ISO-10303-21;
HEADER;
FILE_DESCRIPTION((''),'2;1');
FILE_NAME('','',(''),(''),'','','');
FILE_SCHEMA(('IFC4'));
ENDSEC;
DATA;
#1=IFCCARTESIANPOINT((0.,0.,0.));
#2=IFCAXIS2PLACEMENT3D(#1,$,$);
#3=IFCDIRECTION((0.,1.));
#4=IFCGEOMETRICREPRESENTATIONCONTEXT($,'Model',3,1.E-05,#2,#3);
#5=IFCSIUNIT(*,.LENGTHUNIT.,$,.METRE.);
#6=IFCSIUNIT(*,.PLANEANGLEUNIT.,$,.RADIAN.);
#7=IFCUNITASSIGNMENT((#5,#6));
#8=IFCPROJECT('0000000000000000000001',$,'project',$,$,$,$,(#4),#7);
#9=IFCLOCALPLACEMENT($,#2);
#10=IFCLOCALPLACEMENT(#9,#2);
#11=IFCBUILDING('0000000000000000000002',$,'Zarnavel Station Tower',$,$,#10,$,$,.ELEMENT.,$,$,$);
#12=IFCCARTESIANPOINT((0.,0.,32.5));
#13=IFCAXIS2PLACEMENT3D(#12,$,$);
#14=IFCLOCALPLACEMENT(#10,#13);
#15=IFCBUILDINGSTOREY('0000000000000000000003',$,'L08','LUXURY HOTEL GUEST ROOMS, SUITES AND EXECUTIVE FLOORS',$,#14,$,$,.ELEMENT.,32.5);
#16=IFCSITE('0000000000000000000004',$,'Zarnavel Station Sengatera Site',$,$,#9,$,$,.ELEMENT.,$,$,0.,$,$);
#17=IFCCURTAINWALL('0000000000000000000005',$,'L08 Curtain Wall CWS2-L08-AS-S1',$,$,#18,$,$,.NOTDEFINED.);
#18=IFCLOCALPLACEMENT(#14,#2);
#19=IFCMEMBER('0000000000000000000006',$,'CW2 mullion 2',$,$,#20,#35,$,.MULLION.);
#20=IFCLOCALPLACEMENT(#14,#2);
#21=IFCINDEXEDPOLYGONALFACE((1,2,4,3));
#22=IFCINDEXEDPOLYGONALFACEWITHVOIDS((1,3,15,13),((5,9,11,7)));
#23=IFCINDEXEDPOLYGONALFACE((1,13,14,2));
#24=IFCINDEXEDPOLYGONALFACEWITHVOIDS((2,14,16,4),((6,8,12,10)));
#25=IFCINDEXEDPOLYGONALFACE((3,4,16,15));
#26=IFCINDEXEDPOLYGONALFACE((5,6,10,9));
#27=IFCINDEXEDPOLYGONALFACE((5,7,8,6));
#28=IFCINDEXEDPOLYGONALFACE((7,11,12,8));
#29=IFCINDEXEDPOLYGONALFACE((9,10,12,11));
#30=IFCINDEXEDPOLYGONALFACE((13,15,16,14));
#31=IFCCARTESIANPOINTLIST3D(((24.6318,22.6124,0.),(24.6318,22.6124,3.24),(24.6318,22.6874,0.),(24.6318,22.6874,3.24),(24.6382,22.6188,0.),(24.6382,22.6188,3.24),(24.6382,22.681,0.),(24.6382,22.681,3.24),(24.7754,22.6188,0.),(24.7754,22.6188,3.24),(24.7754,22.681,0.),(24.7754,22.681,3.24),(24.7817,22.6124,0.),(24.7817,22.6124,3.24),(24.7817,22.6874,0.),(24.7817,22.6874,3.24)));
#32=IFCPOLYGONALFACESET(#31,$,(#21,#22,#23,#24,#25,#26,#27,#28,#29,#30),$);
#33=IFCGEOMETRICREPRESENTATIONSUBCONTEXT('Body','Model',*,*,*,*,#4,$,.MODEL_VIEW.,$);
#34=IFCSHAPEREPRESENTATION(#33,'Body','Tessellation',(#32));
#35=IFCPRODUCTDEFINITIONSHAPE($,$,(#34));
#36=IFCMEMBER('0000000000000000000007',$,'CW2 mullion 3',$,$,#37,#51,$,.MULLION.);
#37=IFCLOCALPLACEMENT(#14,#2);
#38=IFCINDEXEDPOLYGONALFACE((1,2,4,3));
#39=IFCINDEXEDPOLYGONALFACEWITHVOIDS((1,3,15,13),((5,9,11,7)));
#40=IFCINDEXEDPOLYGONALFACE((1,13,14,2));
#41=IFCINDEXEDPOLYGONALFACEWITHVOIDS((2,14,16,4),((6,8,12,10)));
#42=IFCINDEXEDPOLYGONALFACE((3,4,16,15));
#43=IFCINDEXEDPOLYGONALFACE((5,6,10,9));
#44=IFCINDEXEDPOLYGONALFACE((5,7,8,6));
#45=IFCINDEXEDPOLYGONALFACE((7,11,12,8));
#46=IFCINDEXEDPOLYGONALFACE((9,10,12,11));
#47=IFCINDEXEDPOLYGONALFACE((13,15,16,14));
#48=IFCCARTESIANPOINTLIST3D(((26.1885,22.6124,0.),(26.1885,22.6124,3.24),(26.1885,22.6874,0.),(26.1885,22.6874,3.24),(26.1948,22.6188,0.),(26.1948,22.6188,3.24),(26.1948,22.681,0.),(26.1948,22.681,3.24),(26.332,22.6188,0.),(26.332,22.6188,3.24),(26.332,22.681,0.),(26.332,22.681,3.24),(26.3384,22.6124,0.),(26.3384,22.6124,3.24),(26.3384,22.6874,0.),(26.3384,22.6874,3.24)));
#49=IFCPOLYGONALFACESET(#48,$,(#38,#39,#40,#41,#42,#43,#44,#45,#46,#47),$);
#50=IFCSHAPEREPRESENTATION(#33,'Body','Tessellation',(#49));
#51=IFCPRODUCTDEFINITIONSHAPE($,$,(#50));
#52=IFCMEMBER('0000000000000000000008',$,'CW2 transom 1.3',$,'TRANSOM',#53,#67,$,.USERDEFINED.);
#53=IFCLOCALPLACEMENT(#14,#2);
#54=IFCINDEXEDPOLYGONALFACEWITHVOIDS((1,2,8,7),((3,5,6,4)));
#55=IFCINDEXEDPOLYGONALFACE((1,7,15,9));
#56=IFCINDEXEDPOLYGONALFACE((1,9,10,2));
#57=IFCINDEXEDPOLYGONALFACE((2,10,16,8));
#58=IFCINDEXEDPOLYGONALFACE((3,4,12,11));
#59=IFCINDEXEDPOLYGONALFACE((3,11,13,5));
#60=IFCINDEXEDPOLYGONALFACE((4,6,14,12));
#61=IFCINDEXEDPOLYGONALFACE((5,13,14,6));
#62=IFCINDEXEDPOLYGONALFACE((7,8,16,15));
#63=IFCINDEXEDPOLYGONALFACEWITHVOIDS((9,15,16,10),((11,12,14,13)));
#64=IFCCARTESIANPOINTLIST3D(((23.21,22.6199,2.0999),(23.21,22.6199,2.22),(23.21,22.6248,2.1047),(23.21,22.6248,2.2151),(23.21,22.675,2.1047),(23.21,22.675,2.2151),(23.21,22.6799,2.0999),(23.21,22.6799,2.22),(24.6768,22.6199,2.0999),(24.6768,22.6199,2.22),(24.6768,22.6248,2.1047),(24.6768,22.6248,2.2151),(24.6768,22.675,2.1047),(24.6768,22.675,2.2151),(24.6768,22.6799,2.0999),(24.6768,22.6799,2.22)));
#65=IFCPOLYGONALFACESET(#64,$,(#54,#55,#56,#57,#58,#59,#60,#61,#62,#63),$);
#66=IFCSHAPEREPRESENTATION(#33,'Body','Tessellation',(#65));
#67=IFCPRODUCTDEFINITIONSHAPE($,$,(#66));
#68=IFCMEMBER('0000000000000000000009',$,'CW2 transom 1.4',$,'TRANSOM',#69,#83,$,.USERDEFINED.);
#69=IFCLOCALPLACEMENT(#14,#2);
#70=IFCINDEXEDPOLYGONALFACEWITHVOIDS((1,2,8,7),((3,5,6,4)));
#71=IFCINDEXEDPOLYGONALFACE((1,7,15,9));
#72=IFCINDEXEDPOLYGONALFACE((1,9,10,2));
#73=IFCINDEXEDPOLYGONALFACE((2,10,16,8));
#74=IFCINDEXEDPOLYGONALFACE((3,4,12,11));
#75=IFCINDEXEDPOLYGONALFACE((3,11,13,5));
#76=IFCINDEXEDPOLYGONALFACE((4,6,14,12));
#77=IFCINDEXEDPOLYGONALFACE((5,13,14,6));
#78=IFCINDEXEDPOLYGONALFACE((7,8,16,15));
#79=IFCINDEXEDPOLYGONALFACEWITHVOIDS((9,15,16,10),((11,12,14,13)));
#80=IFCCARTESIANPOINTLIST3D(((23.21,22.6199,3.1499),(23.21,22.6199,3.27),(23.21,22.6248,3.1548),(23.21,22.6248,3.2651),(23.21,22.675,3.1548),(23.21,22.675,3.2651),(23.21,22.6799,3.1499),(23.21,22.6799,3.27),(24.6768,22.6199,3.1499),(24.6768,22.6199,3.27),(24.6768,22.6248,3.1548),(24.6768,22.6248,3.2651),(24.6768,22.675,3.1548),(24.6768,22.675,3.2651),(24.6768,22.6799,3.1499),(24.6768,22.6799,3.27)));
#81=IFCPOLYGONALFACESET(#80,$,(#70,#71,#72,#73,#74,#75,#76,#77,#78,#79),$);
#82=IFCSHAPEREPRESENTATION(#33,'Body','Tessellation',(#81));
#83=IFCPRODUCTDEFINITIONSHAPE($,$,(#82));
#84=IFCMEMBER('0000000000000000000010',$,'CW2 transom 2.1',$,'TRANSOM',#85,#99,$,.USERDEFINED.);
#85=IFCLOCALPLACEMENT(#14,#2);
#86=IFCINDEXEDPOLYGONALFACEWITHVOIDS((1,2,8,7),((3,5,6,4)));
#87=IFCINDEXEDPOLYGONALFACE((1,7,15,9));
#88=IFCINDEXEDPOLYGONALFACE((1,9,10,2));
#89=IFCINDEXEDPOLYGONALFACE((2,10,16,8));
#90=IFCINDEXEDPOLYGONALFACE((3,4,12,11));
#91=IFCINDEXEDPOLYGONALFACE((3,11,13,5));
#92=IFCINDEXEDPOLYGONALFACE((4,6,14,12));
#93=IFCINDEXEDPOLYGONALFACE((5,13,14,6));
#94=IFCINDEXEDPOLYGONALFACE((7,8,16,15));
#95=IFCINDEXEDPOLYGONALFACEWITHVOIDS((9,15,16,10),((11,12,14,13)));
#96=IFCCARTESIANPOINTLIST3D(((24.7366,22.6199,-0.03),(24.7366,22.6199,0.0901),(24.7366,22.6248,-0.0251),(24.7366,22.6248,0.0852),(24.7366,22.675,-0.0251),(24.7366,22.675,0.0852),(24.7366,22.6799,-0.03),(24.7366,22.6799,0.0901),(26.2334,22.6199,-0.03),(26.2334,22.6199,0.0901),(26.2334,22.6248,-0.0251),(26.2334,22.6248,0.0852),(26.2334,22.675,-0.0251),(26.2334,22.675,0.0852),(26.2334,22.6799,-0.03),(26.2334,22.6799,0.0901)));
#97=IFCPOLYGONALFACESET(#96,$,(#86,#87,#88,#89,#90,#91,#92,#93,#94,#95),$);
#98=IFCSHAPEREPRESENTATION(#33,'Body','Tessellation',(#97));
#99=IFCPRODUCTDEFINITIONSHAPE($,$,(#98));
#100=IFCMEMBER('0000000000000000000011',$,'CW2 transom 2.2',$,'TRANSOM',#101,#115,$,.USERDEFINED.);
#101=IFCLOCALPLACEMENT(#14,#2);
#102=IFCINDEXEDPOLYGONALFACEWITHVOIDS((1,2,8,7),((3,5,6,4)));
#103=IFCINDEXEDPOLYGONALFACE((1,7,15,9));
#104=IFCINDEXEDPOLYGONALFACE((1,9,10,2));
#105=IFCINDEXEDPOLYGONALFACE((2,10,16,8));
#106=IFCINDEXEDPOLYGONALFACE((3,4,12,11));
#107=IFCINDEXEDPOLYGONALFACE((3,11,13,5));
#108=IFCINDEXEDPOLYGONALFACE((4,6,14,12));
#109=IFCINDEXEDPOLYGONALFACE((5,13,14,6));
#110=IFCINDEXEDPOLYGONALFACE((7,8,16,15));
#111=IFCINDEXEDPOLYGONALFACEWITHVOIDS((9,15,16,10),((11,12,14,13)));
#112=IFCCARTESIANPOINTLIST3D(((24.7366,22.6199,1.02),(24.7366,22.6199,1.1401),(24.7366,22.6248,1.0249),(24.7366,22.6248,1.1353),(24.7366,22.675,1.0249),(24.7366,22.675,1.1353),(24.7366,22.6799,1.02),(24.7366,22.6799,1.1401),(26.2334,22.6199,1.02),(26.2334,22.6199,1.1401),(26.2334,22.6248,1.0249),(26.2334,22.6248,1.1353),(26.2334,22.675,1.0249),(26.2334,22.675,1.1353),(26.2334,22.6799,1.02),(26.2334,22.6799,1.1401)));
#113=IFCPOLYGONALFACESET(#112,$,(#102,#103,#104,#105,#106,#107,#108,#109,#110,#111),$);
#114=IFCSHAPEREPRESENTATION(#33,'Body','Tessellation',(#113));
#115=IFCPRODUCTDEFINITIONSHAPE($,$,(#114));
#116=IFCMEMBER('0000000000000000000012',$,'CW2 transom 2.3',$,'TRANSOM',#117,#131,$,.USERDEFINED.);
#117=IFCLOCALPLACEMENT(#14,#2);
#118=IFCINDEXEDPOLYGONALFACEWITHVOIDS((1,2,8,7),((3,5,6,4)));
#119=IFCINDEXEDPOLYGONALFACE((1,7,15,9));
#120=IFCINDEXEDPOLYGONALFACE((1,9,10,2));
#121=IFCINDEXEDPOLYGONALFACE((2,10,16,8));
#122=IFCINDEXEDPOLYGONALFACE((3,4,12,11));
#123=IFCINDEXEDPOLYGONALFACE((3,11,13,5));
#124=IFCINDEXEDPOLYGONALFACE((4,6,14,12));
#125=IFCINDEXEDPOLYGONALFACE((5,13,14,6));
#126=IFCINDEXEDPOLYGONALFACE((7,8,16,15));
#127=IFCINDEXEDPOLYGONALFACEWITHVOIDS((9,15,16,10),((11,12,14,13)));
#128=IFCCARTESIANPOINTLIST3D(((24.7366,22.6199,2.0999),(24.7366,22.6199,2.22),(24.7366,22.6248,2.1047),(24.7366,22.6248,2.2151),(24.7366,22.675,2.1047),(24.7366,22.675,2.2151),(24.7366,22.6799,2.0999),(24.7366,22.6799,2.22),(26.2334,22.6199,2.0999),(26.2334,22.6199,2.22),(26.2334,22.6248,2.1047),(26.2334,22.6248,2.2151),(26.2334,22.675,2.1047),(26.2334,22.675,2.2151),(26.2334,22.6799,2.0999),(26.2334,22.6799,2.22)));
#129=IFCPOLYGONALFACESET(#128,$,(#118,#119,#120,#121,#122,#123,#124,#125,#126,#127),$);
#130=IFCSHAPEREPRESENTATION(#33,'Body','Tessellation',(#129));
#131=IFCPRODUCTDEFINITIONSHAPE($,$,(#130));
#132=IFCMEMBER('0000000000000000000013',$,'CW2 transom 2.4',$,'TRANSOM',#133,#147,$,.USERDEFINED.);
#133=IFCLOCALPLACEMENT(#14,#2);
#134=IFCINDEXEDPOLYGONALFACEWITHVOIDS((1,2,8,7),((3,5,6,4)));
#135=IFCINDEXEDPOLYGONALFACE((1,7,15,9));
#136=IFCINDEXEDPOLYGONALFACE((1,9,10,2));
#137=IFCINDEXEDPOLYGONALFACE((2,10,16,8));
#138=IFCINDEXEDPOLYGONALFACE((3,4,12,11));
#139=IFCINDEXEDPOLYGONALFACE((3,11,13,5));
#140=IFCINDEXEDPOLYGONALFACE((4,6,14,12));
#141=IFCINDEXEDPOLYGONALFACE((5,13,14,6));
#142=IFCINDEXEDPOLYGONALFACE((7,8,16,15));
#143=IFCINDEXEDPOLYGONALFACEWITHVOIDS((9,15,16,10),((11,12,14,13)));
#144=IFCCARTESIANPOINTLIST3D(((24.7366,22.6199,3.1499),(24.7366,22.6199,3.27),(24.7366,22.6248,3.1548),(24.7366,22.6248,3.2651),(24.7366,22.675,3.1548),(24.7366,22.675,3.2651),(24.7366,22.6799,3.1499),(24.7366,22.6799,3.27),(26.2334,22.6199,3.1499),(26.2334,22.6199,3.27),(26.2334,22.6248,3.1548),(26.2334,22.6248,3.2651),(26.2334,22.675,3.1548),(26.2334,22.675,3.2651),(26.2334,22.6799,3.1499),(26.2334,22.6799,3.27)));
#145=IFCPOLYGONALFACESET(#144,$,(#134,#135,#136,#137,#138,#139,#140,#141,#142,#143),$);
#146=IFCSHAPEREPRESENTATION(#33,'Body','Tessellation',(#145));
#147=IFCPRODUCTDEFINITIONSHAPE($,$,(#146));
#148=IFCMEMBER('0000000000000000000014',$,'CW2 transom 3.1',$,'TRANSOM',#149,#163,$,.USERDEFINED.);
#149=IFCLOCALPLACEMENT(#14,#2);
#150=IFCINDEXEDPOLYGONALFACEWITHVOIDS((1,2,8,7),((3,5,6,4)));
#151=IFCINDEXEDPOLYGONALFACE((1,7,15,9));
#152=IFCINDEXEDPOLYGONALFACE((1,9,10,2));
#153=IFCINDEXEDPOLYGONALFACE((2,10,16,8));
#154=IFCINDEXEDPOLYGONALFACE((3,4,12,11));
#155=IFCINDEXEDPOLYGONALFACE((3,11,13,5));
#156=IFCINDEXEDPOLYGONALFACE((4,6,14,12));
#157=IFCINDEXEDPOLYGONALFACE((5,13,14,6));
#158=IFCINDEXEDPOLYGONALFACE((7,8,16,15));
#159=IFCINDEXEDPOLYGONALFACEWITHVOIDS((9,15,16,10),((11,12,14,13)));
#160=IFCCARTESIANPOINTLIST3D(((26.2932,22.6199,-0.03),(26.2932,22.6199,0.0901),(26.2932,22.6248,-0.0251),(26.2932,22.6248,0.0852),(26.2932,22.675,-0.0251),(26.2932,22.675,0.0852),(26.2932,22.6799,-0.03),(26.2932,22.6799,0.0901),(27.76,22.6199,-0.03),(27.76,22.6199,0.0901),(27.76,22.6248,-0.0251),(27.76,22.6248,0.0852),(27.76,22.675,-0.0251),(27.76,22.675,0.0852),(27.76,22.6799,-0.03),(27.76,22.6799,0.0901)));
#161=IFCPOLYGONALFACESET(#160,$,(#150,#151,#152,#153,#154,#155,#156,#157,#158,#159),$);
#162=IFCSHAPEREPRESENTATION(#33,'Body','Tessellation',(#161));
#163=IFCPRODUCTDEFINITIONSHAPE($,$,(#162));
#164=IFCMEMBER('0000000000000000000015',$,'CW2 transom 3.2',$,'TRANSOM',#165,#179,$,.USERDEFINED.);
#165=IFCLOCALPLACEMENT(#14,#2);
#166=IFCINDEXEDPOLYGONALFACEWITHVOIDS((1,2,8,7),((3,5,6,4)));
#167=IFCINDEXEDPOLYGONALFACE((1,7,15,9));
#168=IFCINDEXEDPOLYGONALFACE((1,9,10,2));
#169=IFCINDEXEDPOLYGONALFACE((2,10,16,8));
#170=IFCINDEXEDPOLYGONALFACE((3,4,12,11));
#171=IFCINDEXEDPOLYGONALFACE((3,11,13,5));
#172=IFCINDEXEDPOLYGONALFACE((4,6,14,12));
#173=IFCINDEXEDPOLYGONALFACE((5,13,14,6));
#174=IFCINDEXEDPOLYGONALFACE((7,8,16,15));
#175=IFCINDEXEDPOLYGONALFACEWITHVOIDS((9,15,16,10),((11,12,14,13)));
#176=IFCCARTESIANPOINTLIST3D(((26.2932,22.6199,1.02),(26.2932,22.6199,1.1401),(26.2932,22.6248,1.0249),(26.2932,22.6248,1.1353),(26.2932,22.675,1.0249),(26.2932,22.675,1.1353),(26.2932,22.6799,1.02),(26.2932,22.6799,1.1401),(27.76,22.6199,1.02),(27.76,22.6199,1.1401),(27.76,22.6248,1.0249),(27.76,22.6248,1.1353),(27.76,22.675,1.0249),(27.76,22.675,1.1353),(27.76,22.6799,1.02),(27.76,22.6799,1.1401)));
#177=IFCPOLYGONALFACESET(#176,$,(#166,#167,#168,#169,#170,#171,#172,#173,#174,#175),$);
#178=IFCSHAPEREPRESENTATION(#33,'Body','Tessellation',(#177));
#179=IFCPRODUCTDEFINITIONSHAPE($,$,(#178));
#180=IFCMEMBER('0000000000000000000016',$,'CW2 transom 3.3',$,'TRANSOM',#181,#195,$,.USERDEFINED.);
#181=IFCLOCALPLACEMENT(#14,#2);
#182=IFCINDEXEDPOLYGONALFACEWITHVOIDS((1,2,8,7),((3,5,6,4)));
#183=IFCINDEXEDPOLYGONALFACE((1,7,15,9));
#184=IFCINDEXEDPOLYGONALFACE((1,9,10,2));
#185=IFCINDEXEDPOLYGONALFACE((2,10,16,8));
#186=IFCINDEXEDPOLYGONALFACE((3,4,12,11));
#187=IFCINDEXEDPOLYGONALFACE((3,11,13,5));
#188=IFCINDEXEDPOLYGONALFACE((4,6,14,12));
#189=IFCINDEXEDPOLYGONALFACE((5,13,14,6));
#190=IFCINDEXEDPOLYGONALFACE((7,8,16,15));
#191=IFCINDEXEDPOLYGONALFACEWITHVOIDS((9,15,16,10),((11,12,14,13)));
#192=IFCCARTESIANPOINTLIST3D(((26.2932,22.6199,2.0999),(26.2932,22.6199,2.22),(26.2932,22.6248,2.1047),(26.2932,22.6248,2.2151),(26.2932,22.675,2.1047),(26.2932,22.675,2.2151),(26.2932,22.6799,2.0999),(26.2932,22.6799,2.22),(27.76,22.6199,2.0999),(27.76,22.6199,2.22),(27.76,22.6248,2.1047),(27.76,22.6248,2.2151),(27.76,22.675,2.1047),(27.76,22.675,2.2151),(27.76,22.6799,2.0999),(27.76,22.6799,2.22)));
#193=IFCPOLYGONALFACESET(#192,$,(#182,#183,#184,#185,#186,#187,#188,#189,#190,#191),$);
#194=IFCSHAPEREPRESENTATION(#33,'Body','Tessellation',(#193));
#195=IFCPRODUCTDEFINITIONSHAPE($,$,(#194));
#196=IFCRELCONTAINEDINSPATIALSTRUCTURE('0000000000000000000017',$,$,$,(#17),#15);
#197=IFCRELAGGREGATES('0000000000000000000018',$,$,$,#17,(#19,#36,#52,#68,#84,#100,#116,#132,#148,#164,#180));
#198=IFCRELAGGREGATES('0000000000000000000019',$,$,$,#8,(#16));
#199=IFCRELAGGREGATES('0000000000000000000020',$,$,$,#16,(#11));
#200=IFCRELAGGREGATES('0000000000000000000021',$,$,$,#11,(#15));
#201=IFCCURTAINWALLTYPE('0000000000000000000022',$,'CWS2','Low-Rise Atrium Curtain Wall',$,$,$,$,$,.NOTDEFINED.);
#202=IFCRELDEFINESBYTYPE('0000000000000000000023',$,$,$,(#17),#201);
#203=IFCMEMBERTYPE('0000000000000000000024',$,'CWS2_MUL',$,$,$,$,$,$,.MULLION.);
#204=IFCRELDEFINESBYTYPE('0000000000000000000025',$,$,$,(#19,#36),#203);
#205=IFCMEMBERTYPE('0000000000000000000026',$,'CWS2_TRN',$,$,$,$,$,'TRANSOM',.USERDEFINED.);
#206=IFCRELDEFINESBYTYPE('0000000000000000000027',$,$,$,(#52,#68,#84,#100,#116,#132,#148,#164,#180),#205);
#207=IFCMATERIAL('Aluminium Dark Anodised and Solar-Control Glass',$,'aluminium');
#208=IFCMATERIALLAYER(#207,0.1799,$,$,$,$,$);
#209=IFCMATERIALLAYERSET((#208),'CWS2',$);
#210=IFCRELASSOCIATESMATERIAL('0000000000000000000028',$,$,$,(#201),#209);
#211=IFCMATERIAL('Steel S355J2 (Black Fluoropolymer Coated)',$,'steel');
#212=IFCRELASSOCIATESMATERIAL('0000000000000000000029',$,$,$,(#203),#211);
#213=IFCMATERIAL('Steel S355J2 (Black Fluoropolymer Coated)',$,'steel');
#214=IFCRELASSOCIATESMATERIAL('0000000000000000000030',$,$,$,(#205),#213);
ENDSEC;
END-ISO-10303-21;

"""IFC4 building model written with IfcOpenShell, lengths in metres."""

from ifc_helpers import new_model, si_unit, direction, frame, origin, origin_2d, place, context, subcontext, project, spatial, hollow_rectangle, extrude, material, layer, layer_set, material_profile, profile_set, type_object, element, aggregate, save


model = new_model("IFC4")

# Units and contexts
model_context = context("Model", 3, precision=1e-05, world=origin(), true_north=direction((0.0, 1.0)))
body_context = subcontext(model_context, "Body", "Model", "MODEL_VIEW")
ifc_project = project(units=[si_unit("LENGTHUNIT", "METRE"), si_unit("PLANEANGLEUNIT", "RADIAN")], contexts=[model_context])

# Site, building, storey
site_placement = place(None, origin())
site = spatial("IfcSite", under=ifc_project, at=site_placement, Name="Zarnavel Station Sengatera Site", CompositionType="ELEMENT", RefElevation=0.0)
building_placement = place(site_placement, origin())
building = spatial("IfcBuilding", under=site, at=building_placement, Name="Zarnavel Station Tower", CompositionType="ELEMENT")
storey_placement = place(building_placement, frame((0.0, 0.0, 32.5)))
storey = spatial("IfcBuildingStorey", under=building, at=storey_placement, Name="L08", Description="LUXURY HOTEL GUEST ROOMS, SUITES AND EXECUTIVE FLOORS", CompositionType="ELEMENT", Elevation=32.5)

# Curtain wall, members
ifc_material_1 = material(Name="Aluminium Dark Anodised and Solar-Control Glass", Category="aluminium")
ifc_layer_1 = layer(ifc_material_1, 0.1799)
ifc_layer_set_1 = layer_set([ifc_layer_1], Name="CWS2")
curtain_wall_type = type_object("IfcCurtainWallType", Name="CWS2", Description="Low-Rise Atrium Curtain Wall", PredefinedType="NOTDEFINED", material=ifc_layer_set_1)
curtain_wall_placement = place(storey_placement, origin())
curtain_wall = element("IfcCurtainWall", 1, at=curtain_wall_placement, inside=storey, type_object=curtain_wall_type, Name="L08 Curtain Wall CWS2-L08-AS-S1", PredefinedType="NOTDEFINED")
ifc_material_2 = material(Name="Steel S355J2 (Black Fluoropolymer Coated)", Category="steel")
ifc_material_profile_1 = material_profile(ifc_material_2, hollow_rectangle(XDim=0.075, YDim=0.1499, WallThickness=0.0063, at=origin_2d()), Name="RHS150x75x6.3")
ifc_profile_set_1 = profile_set([ifc_material_profile_1], Name="Steel S355J2 (Black Fluoropolymer Coated)")
member_type_1 = type_object("IfcMemberType", Name="CWS2_MUL", PredefinedType="MULLION", material=ifc_profile_set_1)
member_1_placement = place(storey_placement, frame((24.7068, 22.6499, 0.0), z_axis=(0.0, 0.0, 1.0), x_axis=(0.0, 1.0, 0.0)))
member_1 = element("IfcMember", 2, at=member_1_placement, type_object=member_type_1, Name="CW2 mullion 2", PredefinedType="MULLION", context=body_context, shape_type="SweptSolid", body=[
    extrude(hollow_rectangle(XDim=0.075, YDim=0.1499, WallThickness=0.0063, at=origin_2d()), origin(), (0.0, 0.0, 1.0), 3.24),
])
member_2_placement = place(storey_placement, frame((26.2634, 22.6499, 0.0), z_axis=(0.0, 0.0, 1.0), x_axis=(0.0, 1.0, 0.0)))
member_2 = element("IfcMember", 3, at=member_2_placement, type_object=member_type_1, Name="CW2 mullion 3", PredefinedType="MULLION", context=body_context, shape_type="SweptSolid", body=[
    extrude(hollow_rectangle(XDim=0.075, YDim=0.1499, WallThickness=0.0063, at=origin_2d()), origin(), (0.0, 0.0, 1.0), 3.24),
])
ifc_material_3 = material(Name="Steel S355J2 (Black Fluoropolymer Coated)", Category="steel")
ifc_material_profile_2 = material_profile(ifc_material_3, hollow_rectangle(XDim=0.0601, YDim=0.1201, WallThickness=0.0049, at=origin_2d()), Name="RHS120x60x5")
ifc_profile_set_2 = profile_set([ifc_material_profile_2], Name="Steel S355J2 (Black Fluoropolymer Coated)")
member_type_2 = type_object("IfcMemberType", Name="CWS2_TRN", ElementType="TRANSOM", PredefinedType="USERDEFINED", material=ifc_profile_set_2)
member_3_placement = place(storey_placement, frame((23.21, 22.6499, 2.1599), z_axis=(1.0, 0.0, 0.0), x_axis=(0.0, 1.0, 0.0)))
member_3 = element("IfcMember", 4, at=member_3_placement, type_object=member_type_2, Name="CW2 transom 1.3", ObjectType="TRANSOM", PredefinedType="USERDEFINED", context=body_context, shape_type="SweptSolid", body=[
    extrude(hollow_rectangle(XDim=0.0601, YDim=0.1201, WallThickness=0.0049, at=origin_2d()), origin(), (0.0, 0.0, 1.0), 1.4668),
])
member_4_placement = place(storey_placement, frame((23.21, 22.6499, 3.21), z_axis=(1.0, 0.0, 0.0), x_axis=(0.0, 1.0, 0.0)))
member_4 = element("IfcMember", 5, at=member_4_placement, type_object=member_type_2, Name="CW2 transom 1.4", ObjectType="TRANSOM", PredefinedType="USERDEFINED", context=body_context, shape_type="SweptSolid", body=[
    extrude(hollow_rectangle(XDim=0.0601, YDim=0.1201, WallThickness=0.0049, at=origin_2d()), origin(), (0.0, 0.0, 1.0), 1.4668),
])
member_5_placement = place(storey_placement, frame((24.7366, 22.6499, 0.03), z_axis=(1.0, 0.0, 0.0), x_axis=(0.0, 1.0, 0.0)))
member_5 = element("IfcMember", 6, at=member_5_placement, type_object=member_type_2, Name="CW2 transom 2.1", ObjectType="TRANSOM", PredefinedType="USERDEFINED", context=body_context, shape_type="SweptSolid", body=[
    extrude(hollow_rectangle(XDim=0.0601, YDim=0.1201, WallThickness=0.0049, at=origin_2d()), origin(), (0.0, 0.0, 1.0), 1.4968),
])
member_6_placement = place(storey_placement, frame((24.7366, 22.6499, 1.0801), z_axis=(1.0, 0.0, 0.0), x_axis=(0.0, 1.0, 0.0)))
member_6 = element("IfcMember", 7, at=member_6_placement, type_object=member_type_2, Name="CW2 transom 2.2", ObjectType="TRANSOM", PredefinedType="USERDEFINED", context=body_context, shape_type="SweptSolid", body=[
    extrude(hollow_rectangle(XDim=0.0601, YDim=0.1201, WallThickness=0.0049, at=origin_2d()), origin(), (0.0, 0.0, 1.0), 1.4968),
])
member_7_placement = place(storey_placement, frame((24.7366, 22.6499, 2.1599), z_axis=(1.0, 0.0, 0.0), x_axis=(0.0, 1.0, 0.0)))
member_7 = element("IfcMember", 8, at=member_7_placement, type_object=member_type_2, Name="CW2 transom 2.3", ObjectType="TRANSOM", PredefinedType="USERDEFINED", context=body_context, shape_type="SweptSolid", body=[
    extrude(hollow_rectangle(XDim=0.0601, YDim=0.1201, WallThickness=0.0049, at=origin_2d()), origin(), (0.0, 0.0, 1.0), 1.4968),
])
member_8_placement = place(storey_placement, frame((24.7366, 22.6499, 3.21), z_axis=(1.0, 0.0, 0.0), x_axis=(0.0, 1.0, 0.0)))
member_8 = element("IfcMember", 9, at=member_8_placement, type_object=member_type_2, Name="CW2 transom 2.4", ObjectType="TRANSOM", PredefinedType="USERDEFINED", context=body_context, shape_type="SweptSolid", body=[
    extrude(hollow_rectangle(XDim=0.0601, YDim=0.1201, WallThickness=0.0049, at=origin_2d()), origin(), (0.0, 0.0, 1.0), 1.4968),
])
member_9_placement = place(storey_placement, frame((26.2932, 22.6499, 0.03), z_axis=(1.0, 0.0, 0.0), x_axis=(0.0, 1.0, 0.0)))
member_9 = element("IfcMember", 10, at=member_9_placement, type_object=member_type_2, Name="CW2 transom 3.1", ObjectType="TRANSOM", PredefinedType="USERDEFINED", context=body_context, shape_type="SweptSolid", body=[
    extrude(hollow_rectangle(XDim=0.0601, YDim=0.1201, WallThickness=0.0049, at=origin_2d()), origin(), (0.0, 0.0, 1.0), 1.4668),
])
member_10_placement = place(storey_placement, frame((26.2932, 22.6499, 1.0801), z_axis=(1.0, 0.0, 0.0), x_axis=(0.0, 1.0, 0.0)))
member_10 = element("IfcMember", 11, at=member_10_placement, type_object=member_type_2, Name="CW2 transom 3.2", ObjectType="TRANSOM", PredefinedType="USERDEFINED", context=body_context, shape_type="SweptSolid", body=[
    extrude(hollow_rectangle(XDim=0.0601, YDim=0.1201, WallThickness=0.0049, at=origin_2d()), origin(), (0.0, 0.0, 1.0), 1.4668),
])
member_11_placement = place(storey_placement, frame((26.2932, 22.6499, 2.1599), z_axis=(1.0, 0.0, 0.0), x_axis=(0.0, 1.0, 0.0)))
member_11 = element("IfcMember", 12, at=member_11_placement, type_object=member_type_2, Name="CW2 transom 3.3", ObjectType="TRANSOM", PredefinedType="USERDEFINED", context=body_context, shape_type="SweptSolid", body=[
    extrude(hollow_rectangle(XDim=0.0601, YDim=0.1201, WallThickness=0.0049, at=origin_2d()), origin(), (0.0, 0.0, 1.0), 1.4668),
])
aggregate(curtain_wall, [member_1, member_2, member_3, member_4, member_5, member_6, member_7, member_8, member_9, member_10, member_11])

save(model, "model.ifc")
